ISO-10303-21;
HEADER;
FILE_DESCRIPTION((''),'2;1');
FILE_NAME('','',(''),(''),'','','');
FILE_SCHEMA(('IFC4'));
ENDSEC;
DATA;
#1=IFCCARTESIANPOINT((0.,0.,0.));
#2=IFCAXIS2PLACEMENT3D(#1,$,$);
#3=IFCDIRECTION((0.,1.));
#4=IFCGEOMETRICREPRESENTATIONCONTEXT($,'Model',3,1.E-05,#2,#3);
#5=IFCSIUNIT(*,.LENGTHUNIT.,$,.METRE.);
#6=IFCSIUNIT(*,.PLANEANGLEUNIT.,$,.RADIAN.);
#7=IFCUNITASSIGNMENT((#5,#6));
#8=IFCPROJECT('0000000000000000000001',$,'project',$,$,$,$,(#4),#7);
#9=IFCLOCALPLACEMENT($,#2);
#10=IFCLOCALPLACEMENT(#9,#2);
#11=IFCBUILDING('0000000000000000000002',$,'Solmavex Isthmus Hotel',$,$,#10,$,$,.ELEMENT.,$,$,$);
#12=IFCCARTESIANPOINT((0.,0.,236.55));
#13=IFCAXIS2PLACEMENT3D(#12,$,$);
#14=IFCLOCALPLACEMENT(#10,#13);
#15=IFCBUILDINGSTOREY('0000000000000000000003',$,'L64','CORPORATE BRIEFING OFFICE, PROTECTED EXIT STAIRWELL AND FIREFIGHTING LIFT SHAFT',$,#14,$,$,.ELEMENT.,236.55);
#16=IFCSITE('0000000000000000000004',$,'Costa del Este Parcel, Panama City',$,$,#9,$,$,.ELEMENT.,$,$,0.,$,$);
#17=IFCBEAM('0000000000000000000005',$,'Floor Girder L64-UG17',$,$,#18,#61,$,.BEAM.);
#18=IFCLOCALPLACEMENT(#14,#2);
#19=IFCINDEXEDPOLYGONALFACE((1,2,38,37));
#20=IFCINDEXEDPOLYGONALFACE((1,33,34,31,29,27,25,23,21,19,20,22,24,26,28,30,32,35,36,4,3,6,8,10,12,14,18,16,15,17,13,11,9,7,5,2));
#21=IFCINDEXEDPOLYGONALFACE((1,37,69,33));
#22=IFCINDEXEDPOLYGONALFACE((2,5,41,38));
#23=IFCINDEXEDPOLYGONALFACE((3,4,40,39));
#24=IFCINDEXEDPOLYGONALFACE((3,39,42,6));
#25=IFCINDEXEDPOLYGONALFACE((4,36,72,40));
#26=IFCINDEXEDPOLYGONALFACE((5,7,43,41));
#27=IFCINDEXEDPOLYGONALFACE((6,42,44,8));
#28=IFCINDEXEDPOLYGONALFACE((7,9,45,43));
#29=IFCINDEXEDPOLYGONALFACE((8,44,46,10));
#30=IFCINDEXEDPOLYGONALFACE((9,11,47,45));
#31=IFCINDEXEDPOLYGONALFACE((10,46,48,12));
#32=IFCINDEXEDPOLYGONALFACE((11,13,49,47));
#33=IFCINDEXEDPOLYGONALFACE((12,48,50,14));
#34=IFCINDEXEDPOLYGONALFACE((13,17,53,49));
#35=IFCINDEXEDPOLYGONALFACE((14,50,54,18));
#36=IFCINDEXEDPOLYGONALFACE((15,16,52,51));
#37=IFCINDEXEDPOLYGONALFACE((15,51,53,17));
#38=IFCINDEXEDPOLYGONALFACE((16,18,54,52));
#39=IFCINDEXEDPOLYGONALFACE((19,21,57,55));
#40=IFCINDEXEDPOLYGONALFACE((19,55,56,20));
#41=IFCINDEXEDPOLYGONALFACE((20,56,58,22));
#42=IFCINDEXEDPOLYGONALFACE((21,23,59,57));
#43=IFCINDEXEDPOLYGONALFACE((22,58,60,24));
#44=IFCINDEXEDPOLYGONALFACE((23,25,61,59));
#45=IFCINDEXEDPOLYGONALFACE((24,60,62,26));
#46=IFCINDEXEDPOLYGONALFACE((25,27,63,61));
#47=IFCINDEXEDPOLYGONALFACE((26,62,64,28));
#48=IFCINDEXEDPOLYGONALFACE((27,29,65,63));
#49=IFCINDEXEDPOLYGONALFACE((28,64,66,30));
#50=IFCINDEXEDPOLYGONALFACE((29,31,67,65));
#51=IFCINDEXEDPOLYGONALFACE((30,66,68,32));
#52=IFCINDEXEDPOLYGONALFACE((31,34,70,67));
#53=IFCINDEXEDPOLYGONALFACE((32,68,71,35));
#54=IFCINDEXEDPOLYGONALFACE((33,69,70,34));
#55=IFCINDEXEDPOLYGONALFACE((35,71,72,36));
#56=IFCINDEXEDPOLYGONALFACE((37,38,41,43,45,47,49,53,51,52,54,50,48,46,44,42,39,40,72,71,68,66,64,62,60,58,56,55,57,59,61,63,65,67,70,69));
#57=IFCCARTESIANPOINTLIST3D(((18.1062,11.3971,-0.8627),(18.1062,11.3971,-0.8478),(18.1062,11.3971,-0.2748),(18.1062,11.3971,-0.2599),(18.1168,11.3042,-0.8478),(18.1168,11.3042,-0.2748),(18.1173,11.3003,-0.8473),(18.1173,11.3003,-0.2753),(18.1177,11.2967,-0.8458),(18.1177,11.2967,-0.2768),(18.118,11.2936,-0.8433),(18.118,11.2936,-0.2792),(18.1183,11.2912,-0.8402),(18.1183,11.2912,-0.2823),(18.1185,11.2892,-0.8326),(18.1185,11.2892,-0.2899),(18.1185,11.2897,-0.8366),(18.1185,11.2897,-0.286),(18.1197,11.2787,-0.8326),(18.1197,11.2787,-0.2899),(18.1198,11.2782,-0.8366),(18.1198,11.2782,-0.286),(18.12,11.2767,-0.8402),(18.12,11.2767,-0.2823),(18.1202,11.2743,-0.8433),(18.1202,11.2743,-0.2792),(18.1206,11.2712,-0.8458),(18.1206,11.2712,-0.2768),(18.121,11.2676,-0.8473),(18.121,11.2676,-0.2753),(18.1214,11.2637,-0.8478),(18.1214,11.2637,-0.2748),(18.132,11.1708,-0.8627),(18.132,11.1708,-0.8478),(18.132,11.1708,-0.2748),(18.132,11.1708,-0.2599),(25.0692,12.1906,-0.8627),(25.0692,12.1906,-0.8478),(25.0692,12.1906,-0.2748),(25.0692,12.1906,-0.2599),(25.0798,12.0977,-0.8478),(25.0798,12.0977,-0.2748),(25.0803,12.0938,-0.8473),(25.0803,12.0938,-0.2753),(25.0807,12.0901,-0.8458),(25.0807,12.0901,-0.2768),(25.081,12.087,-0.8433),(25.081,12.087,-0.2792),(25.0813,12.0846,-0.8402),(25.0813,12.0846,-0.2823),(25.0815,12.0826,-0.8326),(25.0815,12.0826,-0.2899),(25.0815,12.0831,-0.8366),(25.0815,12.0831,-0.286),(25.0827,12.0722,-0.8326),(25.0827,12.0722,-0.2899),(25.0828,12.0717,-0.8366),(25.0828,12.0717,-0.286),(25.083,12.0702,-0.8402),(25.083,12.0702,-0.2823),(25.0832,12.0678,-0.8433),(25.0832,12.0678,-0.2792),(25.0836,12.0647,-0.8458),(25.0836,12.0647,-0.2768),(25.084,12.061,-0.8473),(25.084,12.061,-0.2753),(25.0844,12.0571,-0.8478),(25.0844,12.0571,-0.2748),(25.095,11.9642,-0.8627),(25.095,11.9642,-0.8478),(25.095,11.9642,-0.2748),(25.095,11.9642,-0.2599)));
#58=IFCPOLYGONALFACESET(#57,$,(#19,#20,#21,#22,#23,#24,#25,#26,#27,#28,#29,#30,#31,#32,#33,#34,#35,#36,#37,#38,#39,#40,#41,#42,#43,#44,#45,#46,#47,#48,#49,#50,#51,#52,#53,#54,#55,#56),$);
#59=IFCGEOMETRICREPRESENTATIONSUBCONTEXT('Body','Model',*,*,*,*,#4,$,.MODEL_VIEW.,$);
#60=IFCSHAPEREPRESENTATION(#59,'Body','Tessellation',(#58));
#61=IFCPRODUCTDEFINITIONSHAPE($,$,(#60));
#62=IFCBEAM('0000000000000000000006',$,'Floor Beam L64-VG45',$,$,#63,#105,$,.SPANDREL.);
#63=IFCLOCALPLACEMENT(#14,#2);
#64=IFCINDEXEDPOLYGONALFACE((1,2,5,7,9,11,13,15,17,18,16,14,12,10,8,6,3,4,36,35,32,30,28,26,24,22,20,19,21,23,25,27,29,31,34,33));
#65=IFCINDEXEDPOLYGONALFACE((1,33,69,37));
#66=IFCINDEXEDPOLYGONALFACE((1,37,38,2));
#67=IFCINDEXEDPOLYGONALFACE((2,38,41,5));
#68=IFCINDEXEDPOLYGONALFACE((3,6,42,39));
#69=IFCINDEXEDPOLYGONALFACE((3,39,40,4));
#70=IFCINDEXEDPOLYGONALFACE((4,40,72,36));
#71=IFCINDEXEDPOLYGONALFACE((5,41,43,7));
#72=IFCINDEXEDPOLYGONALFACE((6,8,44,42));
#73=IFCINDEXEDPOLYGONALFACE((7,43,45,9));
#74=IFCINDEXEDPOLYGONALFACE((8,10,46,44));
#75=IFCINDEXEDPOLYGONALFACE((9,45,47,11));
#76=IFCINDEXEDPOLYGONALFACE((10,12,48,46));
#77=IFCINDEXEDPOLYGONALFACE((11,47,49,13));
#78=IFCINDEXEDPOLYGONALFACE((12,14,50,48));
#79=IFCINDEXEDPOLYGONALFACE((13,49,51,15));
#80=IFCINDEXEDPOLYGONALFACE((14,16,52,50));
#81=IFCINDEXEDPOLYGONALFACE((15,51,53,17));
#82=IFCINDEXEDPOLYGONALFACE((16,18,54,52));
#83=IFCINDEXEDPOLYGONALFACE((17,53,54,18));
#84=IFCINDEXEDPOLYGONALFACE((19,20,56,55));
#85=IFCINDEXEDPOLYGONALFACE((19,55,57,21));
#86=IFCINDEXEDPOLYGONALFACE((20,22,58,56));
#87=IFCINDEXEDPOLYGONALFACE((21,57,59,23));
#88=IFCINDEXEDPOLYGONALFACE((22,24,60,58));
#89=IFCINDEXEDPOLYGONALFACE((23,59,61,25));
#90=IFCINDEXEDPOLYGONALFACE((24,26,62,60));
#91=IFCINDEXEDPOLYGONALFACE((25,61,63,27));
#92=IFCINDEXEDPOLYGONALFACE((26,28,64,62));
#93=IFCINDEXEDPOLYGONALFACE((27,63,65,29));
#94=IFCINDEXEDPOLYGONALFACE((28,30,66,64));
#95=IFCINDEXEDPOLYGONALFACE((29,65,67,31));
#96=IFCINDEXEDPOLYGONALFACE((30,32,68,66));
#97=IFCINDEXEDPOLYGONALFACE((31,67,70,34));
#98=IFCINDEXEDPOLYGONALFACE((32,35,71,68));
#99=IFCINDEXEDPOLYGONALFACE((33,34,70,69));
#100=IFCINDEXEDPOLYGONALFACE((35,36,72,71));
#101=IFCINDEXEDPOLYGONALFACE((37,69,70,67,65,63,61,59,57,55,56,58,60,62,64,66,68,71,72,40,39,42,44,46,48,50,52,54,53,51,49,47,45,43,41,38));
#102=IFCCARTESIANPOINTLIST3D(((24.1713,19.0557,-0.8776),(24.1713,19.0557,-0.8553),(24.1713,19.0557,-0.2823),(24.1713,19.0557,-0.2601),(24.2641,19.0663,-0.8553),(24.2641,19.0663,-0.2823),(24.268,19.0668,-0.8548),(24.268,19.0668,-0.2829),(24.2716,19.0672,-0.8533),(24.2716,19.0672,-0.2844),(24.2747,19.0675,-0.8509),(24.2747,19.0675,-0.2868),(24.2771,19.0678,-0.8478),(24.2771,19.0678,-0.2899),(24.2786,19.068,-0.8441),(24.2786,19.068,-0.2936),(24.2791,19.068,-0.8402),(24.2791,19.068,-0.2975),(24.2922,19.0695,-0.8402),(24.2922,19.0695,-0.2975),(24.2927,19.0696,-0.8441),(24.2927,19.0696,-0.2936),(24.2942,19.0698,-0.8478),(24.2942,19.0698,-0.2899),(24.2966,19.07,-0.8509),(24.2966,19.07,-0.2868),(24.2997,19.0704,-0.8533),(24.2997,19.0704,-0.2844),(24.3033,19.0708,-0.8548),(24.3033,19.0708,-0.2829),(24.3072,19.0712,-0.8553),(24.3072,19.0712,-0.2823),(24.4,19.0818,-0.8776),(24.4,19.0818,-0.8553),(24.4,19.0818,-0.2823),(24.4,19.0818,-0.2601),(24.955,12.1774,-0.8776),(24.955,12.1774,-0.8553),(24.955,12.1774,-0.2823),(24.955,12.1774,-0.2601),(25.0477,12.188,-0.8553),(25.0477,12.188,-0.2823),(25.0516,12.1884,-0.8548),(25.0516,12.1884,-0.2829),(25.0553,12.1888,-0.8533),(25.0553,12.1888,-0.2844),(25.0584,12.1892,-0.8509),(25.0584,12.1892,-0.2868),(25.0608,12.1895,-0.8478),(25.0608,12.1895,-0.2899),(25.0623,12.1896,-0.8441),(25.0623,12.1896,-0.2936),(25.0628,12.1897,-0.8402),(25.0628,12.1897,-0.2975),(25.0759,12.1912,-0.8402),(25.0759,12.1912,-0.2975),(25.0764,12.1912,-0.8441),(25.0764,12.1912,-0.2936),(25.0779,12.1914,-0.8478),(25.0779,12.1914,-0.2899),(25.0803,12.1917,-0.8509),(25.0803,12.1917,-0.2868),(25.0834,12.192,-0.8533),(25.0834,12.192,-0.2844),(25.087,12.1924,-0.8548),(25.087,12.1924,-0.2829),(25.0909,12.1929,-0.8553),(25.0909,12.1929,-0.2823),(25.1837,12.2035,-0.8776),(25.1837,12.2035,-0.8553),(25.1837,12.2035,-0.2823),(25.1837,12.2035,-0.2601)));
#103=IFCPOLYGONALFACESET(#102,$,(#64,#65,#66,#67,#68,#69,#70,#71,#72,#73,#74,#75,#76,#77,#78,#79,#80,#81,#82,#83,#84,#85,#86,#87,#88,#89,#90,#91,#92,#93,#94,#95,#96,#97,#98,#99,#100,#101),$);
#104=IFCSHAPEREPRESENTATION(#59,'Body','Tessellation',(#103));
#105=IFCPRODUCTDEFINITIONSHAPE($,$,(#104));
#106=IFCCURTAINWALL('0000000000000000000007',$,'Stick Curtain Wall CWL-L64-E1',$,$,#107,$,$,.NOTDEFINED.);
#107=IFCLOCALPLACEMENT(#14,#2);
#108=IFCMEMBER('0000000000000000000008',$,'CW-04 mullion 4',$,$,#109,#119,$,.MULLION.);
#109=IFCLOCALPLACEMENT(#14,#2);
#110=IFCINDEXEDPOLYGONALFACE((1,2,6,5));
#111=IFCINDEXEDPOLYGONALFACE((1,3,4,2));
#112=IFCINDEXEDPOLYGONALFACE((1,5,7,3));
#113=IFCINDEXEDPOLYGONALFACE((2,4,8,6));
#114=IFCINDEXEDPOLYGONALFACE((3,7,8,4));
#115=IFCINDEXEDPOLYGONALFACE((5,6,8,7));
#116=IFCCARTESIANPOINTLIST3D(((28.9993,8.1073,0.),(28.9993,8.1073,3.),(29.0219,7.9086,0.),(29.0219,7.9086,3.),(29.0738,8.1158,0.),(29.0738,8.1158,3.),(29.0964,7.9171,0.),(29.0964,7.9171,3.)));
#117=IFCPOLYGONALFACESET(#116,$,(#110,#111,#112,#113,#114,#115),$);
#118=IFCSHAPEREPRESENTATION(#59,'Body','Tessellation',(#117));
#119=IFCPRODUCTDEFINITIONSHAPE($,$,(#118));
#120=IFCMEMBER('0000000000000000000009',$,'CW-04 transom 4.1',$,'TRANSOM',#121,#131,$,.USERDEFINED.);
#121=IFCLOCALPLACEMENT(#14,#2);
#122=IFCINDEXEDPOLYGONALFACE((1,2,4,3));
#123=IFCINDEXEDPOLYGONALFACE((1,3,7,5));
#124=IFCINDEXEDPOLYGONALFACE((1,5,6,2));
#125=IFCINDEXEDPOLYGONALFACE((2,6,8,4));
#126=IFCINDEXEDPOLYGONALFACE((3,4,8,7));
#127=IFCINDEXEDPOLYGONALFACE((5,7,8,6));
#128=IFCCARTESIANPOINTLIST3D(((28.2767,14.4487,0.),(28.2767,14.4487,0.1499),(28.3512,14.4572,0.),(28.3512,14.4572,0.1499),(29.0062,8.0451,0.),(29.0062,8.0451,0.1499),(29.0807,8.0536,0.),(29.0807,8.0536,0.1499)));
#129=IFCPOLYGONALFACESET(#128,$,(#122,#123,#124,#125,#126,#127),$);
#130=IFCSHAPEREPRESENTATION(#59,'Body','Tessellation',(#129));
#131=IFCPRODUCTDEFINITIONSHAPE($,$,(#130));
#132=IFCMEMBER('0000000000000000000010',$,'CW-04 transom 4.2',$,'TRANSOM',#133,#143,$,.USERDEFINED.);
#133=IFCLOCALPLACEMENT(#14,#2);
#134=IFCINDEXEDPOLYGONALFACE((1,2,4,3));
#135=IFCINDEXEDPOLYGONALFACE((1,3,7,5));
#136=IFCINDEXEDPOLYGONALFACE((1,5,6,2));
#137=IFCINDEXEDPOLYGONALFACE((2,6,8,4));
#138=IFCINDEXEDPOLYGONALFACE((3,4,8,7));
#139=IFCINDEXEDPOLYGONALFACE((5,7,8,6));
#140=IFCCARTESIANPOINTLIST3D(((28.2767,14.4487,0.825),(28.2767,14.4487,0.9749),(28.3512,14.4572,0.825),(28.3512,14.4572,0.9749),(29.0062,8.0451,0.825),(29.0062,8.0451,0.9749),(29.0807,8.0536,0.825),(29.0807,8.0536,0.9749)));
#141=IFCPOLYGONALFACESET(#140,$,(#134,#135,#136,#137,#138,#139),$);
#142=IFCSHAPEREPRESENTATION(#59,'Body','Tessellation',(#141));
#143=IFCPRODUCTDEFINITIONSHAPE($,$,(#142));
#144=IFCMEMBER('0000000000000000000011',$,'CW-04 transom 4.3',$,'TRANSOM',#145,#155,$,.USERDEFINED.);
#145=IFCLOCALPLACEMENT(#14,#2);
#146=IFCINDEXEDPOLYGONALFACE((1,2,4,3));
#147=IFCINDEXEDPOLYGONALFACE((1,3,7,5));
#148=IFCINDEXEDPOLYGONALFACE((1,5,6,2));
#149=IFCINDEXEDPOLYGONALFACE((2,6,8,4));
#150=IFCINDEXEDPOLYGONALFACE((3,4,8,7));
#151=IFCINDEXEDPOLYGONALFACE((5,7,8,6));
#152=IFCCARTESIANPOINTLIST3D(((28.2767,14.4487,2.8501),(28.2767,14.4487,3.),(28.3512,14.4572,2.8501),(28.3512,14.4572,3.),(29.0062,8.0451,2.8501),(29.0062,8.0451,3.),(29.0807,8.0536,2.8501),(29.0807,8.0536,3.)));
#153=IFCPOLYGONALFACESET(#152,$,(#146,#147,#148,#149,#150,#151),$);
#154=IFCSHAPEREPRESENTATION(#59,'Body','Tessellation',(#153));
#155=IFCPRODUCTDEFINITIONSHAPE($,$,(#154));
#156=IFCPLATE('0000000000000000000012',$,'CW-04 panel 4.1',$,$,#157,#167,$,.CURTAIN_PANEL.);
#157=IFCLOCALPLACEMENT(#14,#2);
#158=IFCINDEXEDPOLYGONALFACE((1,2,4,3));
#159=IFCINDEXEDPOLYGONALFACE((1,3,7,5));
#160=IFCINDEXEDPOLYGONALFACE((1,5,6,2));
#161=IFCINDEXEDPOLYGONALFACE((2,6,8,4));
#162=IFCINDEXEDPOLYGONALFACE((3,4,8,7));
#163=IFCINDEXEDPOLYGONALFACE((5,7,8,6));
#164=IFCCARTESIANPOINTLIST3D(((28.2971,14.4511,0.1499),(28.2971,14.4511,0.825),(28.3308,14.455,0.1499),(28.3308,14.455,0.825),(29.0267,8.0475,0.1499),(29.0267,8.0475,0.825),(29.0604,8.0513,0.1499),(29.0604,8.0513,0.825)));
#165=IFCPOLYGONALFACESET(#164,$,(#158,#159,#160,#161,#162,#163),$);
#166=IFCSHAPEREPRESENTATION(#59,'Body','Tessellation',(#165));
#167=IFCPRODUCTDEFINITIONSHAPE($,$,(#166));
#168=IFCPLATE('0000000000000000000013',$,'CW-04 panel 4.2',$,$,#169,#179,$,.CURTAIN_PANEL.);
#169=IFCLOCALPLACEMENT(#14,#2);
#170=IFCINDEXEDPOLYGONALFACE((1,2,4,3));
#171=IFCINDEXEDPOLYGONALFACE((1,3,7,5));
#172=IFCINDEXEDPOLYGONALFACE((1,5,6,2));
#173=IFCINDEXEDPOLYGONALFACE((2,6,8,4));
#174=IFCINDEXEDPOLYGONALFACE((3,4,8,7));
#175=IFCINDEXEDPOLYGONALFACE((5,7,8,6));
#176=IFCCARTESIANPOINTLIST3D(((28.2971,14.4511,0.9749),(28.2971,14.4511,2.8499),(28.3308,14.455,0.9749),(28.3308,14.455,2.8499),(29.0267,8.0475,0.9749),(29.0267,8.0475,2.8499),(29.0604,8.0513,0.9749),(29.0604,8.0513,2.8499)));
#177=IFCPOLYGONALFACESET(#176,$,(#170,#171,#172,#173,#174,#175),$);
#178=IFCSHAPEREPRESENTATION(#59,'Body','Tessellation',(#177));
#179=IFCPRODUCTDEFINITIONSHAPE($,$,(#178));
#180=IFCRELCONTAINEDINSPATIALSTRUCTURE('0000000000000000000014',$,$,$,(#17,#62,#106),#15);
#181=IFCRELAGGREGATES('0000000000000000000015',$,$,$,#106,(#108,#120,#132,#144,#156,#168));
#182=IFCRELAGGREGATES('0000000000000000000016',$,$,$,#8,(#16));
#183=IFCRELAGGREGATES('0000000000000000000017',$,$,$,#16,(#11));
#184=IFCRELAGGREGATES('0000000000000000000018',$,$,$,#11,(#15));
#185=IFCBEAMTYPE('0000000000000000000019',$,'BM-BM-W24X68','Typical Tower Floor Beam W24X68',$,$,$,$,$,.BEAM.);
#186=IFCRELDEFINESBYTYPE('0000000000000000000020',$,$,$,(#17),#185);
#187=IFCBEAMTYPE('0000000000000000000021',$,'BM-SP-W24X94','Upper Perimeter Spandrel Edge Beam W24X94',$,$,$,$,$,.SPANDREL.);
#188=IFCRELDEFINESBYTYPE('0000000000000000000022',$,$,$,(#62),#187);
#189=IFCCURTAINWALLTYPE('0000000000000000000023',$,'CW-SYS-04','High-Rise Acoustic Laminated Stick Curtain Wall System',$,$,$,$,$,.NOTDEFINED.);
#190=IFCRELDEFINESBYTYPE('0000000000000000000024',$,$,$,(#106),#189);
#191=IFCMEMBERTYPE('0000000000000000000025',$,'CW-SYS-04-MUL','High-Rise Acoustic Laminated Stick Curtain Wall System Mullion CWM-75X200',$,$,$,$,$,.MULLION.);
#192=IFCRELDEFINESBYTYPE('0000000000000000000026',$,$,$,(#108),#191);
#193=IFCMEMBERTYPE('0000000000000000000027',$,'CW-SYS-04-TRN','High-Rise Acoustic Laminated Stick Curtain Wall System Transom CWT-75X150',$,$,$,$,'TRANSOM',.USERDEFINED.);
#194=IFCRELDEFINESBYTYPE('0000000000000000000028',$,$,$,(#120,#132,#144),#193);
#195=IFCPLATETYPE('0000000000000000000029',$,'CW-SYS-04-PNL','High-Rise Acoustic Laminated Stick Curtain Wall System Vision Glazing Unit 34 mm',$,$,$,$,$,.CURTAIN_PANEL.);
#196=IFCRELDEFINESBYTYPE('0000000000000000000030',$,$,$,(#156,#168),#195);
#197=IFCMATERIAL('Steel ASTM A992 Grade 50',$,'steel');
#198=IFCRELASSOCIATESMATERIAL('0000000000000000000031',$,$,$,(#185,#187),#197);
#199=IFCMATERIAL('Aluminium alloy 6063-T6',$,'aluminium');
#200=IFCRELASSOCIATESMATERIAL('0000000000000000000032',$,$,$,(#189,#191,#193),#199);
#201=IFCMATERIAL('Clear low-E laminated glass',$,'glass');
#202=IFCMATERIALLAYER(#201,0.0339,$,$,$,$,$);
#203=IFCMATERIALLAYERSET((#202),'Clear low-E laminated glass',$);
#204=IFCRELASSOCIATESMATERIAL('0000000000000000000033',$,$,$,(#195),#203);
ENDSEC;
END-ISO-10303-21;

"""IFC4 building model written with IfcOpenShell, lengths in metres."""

from ifc_helpers import new_model, si_unit, direction, frame, origin, origin_2d, place, context, subcontext, project, spatial, rectangle, i_section, extrude, material, layer, layer_set, material_profile, profile_set, type_object, element, aggregate, save


model = new_model("IFC4")

# Units and contexts
model_context = context("Model", 3, precision=1e-05, world=origin(), true_north=direction((0.0, 1.0)))
body_context = subcontext(model_context, "Body", "Model", "MODEL_VIEW")
ifc_project = project(units=[si_unit("LENGTHUNIT", "METRE"), si_unit("PLANEANGLEUNIT", "RADIAN")], contexts=[model_context])

# Site, building, storey
site_placement = place(None, origin())
site = spatial("IfcSite", under=ifc_project, at=site_placement, Name="Costa del Este Parcel, Panama City", CompositionType="ELEMENT", RefElevation=0.0)
building_placement = place(site_placement, origin())
building = spatial("IfcBuilding", under=site, at=building_placement, Name="Solmavex Isthmus Hotel", CompositionType="ELEMENT")
storey_placement = place(building_placement, frame((0.0, 0.0, 236.55)))
storey = spatial("IfcBuildingStorey", under=building, at=storey_placement, Name="L64", Description="CORPORATE BRIEFING OFFICE, PROTECTED EXIT STAIRWELL AND FIREFIGHTING LIFT SHAFT", CompositionType="ELEMENT", Elevation=236.55)

# Beams
ifc_material_1 = material(Name="Steel ASTM A992 Grade 50", Category="steel")
ifc_material_profile_1 = material_profile(ifc_material_1, i_section(OverallWidth=0.2278, OverallDepth=0.6028, WebThickness=0.0105, FlangeThickness=0.0149, FilletRadius=0.0151, at=origin_2d()), Name="W24X68")
ifc_profile_set_1 = profile_set([ifc_material_profile_1], Name="Steel ASTM A992 Grade 50")
beam_type_1 = type_object("IfcBeamType", Name="BM-BM-W24X68", Description="Typical Tower Floor Beam W24X68", PredefinedType="BEAM", material=ifc_profile_set_1)
beam_1_placement = place(storey_placement, frame((18.1191, 11.2839, -0.5613), z_axis=(0.99357, 0.113222, 0.0), x_axis=(-0.113222, 0.99357, 0.0)))
element("IfcBeam", 1, at=beam_1_placement, inside=storey, type_object=beam_type_1, Name="Floor Girder L64-UG17", PredefinedType="BEAM", context=body_context, shape_type="SweptSolid", body=[
    extrude(i_section(OverallWidth=0.2278, OverallDepth=0.6028, WebThickness=0.0105, FlangeThickness=0.0149, FilletRadius=0.0151, at=origin_2d()), origin(), (0.0, 0.0, 1.0), 7.0081),
])
ifc_material_profile_2 = material_profile(ifc_material_1, i_section(OverallWidth=0.2302, OverallDepth=0.6174, WebThickness=0.0132, FlangeThickness=0.0222, FilletRadius=0.0151, at=origin_2d()), Name="W24X94")
ifc_profile_set_2 = profile_set([ifc_material_profile_2], Name="Steel ASTM A992 Grade 50")
beam_type_2 = type_object("IfcBeamType", Name="BM-SP-W24X94", Description="Upper Perimeter Spandrel Edge Beam W24X94", PredefinedType="SPANDREL", material=ifc_profile_set_2)
beam_2_placement = place(storey_placement, frame((25.0693, 12.1904, -0.5688), z_axis=(-0.113202, 0.993572, 0.0), x_axis=(-0.993572, -0.113202, 0.0)))
element("IfcBeam", 2, at=beam_2_placement, inside=storey, type_object=beam_type_2, Name="Floor Beam L64-VG45", PredefinedType="SPANDREL", context=body_context, shape_type="SweptSolid", body=[
    extrude(i_section(OverallWidth=0.2302, OverallDepth=0.6174, WebThickness=0.0132, FlangeThickness=0.0222, FilletRadius=0.0151, at=origin_2d()), origin(), (0.0, 0.0, 1.0), 6.9229),
])

# Curtain wall, members, plates
ifc_material_2 = material(Name="Aluminium alloy 6063-T6", Category="aluminium")
curtain_wall_type = type_object("IfcCurtainWallType", Name="CW-SYS-04", Description="High-Rise Acoustic Laminated Stick Curtain Wall System", PredefinedType="NOTDEFINED", material=ifc_material_2)
curtain_wall_placement = place(storey_placement, origin())
curtain_wall = element("IfcCurtainWall", 3, at=curtain_wall_placement, inside=storey, type_object=curtain_wall_type, Name="Stick Curtain Wall CWL-L64-E1", PredefinedType="NOTDEFINED")
ifc_material_profile_3 = material_profile(ifc_material_2, rectangle(XDim=0.075, YDim=0.2, at=origin_2d()), Name="CWM-75X200")
ifc_profile_set_3 = profile_set([ifc_material_profile_3], Name="Aluminium alloy 6063-T6")
member_type_1 = type_object("IfcMemberType", Name="CW-SYS-04-MUL", Description="High-Rise Acoustic Laminated Stick Curtain Wall System Mullion CWM-75X200", PredefinedType="MULLION", material=ifc_profile_set_3)
member_1_placement = place(storey_placement, frame((29.0479, 8.0122, 0.0), z_axis=(0.0, 0.0, 1.0), x_axis=(-0.993572, -0.113203, 0.0)))
member_1 = element("IfcMember", 4, at=member_1_placement, type_object=member_type_1, Name="CW-04 mullion 4", PredefinedType="MULLION", context=body_context, shape_type="SweptSolid", body=[
    extrude(rectangle(XDim=0.075, YDim=0.2, at=origin_2d()), origin(), (0.0, 0.0, 1.0), 3.0),
])
ifc_material_profile_4 = material_profile(ifc_material_2, rectangle(XDim=0.075, YDim=0.1499, at=origin_2d()), Name="CWT-75X150")
ifc_profile_set_4 = profile_set([ifc_material_profile_4], Name="Aluminium alloy 6063-T6")
member_type_2 = type_object("IfcMemberType", Name="CW-SYS-04-TRN", Description="High-Rise Acoustic Laminated Stick Curtain Wall System Transom CWT-75X150", ElementType="TRANSOM", PredefinedType="USERDEFINED", material=ifc_profile_set_4)
member_2_placement = place(storey_placement, frame((29.0435, 8.0493, 0.075), z_axis=(-0.113188, 0.993574, 0.0), x_axis=(-0.993574, -0.113188, 0.0)))
member_2 = element("IfcMember", 5, at=member_2_placement, type_object=member_type_2, Name="CW-04 transom 4.1", ObjectType="TRANSOM", PredefinedType="USERDEFINED", context=body_context, shape_type="SweptSolid", body=[
    extrude(rectangle(XDim=0.075, YDim=0.1499, at=origin_2d()), origin(), (0.0, 0.0, 1.0), 6.4451),
])
member_3_placement = place(storey_placement, frame((29.0435, 8.0493, 0.8999), z_axis=(-0.113188, 0.993574, 0.0), x_axis=(-0.993574, -0.113188, 0.0)))
member_3 = element("IfcMember", 6, at=member_3_placement, type_object=member_type_2, Name="CW-04 transom 4.2", ObjectType="TRANSOM", PredefinedType="USERDEFINED", context=body_context, shape_type="SweptSolid", body=[
    extrude(rectangle(XDim=0.075, YDim=0.1499, at=origin_2d()), origin(), (0.0, 0.0, 1.0), 6.4451),
])
member_4_placement = place(storey_placement, frame((29.0435, 8.0493, 2.925), z_axis=(-0.113188, 0.993574, 0.0), x_axis=(-0.993574, -0.113188, 0.0)))
member_4 = element("IfcMember", 7, at=member_4_placement, type_object=member_type_2, Name="CW-04 transom 4.3", ObjectType="TRANSOM", PredefinedType="USERDEFINED", context=body_context, shape_type="SweptSolid", body=[
    extrude(rectangle(XDim=0.075, YDim=0.1499, at=origin_2d()), origin(), (0.0, 0.0, 1.0), 6.4451),
])
ifc_material_3 = material(Name="Clear low-E laminated glass", Category="glass")
ifc_layer_1 = layer(ifc_material_3, 0.0339)
ifc_layer_set_1 = layer_set([ifc_layer_1], Name="Clear low-E laminated glass")
plate_type = type_object("IfcPlateType", Name="CW-SYS-04-PNL", Description="High-Rise Acoustic Laminated Stick Curtain Wall System Vision Glazing Unit 34 mm", PredefinedType="CURTAIN_PANEL", material=ifc_layer_set_1)
plate_1_placement = place(storey_placement, frame((28.6787, 11.2512, 0.1499), z_axis=(0.0, 0.0, 1.0), x_axis=(-0.113203, 0.993572, 0.0)))
plate_1 = element("IfcPlate", 8, at=plate_1_placement, type_object=plate_type, Name="CW-04 panel 4.1", PredefinedType="CURTAIN_PANEL", context=body_context, shape_type="SweptSolid", body=[
    extrude(rectangle(XDim=6.4451, YDim=0.0339, at=origin_2d()), origin(), (0.0, 0.0, 1.0), 0.675),
])
plate_2_placement = place(storey_placement, frame((28.6787, 11.2512, 0.9749), z_axis=(0.0, 0.0, 1.0), x_axis=(-0.113203, 0.993572, 0.0)))
plate_2 = element("IfcPlate", 9, at=plate_2_placement, type_object=plate_type, Name="CW-04 panel 4.2", PredefinedType="CURTAIN_PANEL", context=body_context, shape_type="SweptSolid", body=[
    extrude(rectangle(XDim=6.4451, YDim=0.0339, at=origin_2d()), origin(), (0.0, 0.0, 1.0), 1.875),
])
aggregate(curtain_wall, [member_1, member_2, member_3, member_4, plate_1, plate_2])

save(model, "model.ifc")
